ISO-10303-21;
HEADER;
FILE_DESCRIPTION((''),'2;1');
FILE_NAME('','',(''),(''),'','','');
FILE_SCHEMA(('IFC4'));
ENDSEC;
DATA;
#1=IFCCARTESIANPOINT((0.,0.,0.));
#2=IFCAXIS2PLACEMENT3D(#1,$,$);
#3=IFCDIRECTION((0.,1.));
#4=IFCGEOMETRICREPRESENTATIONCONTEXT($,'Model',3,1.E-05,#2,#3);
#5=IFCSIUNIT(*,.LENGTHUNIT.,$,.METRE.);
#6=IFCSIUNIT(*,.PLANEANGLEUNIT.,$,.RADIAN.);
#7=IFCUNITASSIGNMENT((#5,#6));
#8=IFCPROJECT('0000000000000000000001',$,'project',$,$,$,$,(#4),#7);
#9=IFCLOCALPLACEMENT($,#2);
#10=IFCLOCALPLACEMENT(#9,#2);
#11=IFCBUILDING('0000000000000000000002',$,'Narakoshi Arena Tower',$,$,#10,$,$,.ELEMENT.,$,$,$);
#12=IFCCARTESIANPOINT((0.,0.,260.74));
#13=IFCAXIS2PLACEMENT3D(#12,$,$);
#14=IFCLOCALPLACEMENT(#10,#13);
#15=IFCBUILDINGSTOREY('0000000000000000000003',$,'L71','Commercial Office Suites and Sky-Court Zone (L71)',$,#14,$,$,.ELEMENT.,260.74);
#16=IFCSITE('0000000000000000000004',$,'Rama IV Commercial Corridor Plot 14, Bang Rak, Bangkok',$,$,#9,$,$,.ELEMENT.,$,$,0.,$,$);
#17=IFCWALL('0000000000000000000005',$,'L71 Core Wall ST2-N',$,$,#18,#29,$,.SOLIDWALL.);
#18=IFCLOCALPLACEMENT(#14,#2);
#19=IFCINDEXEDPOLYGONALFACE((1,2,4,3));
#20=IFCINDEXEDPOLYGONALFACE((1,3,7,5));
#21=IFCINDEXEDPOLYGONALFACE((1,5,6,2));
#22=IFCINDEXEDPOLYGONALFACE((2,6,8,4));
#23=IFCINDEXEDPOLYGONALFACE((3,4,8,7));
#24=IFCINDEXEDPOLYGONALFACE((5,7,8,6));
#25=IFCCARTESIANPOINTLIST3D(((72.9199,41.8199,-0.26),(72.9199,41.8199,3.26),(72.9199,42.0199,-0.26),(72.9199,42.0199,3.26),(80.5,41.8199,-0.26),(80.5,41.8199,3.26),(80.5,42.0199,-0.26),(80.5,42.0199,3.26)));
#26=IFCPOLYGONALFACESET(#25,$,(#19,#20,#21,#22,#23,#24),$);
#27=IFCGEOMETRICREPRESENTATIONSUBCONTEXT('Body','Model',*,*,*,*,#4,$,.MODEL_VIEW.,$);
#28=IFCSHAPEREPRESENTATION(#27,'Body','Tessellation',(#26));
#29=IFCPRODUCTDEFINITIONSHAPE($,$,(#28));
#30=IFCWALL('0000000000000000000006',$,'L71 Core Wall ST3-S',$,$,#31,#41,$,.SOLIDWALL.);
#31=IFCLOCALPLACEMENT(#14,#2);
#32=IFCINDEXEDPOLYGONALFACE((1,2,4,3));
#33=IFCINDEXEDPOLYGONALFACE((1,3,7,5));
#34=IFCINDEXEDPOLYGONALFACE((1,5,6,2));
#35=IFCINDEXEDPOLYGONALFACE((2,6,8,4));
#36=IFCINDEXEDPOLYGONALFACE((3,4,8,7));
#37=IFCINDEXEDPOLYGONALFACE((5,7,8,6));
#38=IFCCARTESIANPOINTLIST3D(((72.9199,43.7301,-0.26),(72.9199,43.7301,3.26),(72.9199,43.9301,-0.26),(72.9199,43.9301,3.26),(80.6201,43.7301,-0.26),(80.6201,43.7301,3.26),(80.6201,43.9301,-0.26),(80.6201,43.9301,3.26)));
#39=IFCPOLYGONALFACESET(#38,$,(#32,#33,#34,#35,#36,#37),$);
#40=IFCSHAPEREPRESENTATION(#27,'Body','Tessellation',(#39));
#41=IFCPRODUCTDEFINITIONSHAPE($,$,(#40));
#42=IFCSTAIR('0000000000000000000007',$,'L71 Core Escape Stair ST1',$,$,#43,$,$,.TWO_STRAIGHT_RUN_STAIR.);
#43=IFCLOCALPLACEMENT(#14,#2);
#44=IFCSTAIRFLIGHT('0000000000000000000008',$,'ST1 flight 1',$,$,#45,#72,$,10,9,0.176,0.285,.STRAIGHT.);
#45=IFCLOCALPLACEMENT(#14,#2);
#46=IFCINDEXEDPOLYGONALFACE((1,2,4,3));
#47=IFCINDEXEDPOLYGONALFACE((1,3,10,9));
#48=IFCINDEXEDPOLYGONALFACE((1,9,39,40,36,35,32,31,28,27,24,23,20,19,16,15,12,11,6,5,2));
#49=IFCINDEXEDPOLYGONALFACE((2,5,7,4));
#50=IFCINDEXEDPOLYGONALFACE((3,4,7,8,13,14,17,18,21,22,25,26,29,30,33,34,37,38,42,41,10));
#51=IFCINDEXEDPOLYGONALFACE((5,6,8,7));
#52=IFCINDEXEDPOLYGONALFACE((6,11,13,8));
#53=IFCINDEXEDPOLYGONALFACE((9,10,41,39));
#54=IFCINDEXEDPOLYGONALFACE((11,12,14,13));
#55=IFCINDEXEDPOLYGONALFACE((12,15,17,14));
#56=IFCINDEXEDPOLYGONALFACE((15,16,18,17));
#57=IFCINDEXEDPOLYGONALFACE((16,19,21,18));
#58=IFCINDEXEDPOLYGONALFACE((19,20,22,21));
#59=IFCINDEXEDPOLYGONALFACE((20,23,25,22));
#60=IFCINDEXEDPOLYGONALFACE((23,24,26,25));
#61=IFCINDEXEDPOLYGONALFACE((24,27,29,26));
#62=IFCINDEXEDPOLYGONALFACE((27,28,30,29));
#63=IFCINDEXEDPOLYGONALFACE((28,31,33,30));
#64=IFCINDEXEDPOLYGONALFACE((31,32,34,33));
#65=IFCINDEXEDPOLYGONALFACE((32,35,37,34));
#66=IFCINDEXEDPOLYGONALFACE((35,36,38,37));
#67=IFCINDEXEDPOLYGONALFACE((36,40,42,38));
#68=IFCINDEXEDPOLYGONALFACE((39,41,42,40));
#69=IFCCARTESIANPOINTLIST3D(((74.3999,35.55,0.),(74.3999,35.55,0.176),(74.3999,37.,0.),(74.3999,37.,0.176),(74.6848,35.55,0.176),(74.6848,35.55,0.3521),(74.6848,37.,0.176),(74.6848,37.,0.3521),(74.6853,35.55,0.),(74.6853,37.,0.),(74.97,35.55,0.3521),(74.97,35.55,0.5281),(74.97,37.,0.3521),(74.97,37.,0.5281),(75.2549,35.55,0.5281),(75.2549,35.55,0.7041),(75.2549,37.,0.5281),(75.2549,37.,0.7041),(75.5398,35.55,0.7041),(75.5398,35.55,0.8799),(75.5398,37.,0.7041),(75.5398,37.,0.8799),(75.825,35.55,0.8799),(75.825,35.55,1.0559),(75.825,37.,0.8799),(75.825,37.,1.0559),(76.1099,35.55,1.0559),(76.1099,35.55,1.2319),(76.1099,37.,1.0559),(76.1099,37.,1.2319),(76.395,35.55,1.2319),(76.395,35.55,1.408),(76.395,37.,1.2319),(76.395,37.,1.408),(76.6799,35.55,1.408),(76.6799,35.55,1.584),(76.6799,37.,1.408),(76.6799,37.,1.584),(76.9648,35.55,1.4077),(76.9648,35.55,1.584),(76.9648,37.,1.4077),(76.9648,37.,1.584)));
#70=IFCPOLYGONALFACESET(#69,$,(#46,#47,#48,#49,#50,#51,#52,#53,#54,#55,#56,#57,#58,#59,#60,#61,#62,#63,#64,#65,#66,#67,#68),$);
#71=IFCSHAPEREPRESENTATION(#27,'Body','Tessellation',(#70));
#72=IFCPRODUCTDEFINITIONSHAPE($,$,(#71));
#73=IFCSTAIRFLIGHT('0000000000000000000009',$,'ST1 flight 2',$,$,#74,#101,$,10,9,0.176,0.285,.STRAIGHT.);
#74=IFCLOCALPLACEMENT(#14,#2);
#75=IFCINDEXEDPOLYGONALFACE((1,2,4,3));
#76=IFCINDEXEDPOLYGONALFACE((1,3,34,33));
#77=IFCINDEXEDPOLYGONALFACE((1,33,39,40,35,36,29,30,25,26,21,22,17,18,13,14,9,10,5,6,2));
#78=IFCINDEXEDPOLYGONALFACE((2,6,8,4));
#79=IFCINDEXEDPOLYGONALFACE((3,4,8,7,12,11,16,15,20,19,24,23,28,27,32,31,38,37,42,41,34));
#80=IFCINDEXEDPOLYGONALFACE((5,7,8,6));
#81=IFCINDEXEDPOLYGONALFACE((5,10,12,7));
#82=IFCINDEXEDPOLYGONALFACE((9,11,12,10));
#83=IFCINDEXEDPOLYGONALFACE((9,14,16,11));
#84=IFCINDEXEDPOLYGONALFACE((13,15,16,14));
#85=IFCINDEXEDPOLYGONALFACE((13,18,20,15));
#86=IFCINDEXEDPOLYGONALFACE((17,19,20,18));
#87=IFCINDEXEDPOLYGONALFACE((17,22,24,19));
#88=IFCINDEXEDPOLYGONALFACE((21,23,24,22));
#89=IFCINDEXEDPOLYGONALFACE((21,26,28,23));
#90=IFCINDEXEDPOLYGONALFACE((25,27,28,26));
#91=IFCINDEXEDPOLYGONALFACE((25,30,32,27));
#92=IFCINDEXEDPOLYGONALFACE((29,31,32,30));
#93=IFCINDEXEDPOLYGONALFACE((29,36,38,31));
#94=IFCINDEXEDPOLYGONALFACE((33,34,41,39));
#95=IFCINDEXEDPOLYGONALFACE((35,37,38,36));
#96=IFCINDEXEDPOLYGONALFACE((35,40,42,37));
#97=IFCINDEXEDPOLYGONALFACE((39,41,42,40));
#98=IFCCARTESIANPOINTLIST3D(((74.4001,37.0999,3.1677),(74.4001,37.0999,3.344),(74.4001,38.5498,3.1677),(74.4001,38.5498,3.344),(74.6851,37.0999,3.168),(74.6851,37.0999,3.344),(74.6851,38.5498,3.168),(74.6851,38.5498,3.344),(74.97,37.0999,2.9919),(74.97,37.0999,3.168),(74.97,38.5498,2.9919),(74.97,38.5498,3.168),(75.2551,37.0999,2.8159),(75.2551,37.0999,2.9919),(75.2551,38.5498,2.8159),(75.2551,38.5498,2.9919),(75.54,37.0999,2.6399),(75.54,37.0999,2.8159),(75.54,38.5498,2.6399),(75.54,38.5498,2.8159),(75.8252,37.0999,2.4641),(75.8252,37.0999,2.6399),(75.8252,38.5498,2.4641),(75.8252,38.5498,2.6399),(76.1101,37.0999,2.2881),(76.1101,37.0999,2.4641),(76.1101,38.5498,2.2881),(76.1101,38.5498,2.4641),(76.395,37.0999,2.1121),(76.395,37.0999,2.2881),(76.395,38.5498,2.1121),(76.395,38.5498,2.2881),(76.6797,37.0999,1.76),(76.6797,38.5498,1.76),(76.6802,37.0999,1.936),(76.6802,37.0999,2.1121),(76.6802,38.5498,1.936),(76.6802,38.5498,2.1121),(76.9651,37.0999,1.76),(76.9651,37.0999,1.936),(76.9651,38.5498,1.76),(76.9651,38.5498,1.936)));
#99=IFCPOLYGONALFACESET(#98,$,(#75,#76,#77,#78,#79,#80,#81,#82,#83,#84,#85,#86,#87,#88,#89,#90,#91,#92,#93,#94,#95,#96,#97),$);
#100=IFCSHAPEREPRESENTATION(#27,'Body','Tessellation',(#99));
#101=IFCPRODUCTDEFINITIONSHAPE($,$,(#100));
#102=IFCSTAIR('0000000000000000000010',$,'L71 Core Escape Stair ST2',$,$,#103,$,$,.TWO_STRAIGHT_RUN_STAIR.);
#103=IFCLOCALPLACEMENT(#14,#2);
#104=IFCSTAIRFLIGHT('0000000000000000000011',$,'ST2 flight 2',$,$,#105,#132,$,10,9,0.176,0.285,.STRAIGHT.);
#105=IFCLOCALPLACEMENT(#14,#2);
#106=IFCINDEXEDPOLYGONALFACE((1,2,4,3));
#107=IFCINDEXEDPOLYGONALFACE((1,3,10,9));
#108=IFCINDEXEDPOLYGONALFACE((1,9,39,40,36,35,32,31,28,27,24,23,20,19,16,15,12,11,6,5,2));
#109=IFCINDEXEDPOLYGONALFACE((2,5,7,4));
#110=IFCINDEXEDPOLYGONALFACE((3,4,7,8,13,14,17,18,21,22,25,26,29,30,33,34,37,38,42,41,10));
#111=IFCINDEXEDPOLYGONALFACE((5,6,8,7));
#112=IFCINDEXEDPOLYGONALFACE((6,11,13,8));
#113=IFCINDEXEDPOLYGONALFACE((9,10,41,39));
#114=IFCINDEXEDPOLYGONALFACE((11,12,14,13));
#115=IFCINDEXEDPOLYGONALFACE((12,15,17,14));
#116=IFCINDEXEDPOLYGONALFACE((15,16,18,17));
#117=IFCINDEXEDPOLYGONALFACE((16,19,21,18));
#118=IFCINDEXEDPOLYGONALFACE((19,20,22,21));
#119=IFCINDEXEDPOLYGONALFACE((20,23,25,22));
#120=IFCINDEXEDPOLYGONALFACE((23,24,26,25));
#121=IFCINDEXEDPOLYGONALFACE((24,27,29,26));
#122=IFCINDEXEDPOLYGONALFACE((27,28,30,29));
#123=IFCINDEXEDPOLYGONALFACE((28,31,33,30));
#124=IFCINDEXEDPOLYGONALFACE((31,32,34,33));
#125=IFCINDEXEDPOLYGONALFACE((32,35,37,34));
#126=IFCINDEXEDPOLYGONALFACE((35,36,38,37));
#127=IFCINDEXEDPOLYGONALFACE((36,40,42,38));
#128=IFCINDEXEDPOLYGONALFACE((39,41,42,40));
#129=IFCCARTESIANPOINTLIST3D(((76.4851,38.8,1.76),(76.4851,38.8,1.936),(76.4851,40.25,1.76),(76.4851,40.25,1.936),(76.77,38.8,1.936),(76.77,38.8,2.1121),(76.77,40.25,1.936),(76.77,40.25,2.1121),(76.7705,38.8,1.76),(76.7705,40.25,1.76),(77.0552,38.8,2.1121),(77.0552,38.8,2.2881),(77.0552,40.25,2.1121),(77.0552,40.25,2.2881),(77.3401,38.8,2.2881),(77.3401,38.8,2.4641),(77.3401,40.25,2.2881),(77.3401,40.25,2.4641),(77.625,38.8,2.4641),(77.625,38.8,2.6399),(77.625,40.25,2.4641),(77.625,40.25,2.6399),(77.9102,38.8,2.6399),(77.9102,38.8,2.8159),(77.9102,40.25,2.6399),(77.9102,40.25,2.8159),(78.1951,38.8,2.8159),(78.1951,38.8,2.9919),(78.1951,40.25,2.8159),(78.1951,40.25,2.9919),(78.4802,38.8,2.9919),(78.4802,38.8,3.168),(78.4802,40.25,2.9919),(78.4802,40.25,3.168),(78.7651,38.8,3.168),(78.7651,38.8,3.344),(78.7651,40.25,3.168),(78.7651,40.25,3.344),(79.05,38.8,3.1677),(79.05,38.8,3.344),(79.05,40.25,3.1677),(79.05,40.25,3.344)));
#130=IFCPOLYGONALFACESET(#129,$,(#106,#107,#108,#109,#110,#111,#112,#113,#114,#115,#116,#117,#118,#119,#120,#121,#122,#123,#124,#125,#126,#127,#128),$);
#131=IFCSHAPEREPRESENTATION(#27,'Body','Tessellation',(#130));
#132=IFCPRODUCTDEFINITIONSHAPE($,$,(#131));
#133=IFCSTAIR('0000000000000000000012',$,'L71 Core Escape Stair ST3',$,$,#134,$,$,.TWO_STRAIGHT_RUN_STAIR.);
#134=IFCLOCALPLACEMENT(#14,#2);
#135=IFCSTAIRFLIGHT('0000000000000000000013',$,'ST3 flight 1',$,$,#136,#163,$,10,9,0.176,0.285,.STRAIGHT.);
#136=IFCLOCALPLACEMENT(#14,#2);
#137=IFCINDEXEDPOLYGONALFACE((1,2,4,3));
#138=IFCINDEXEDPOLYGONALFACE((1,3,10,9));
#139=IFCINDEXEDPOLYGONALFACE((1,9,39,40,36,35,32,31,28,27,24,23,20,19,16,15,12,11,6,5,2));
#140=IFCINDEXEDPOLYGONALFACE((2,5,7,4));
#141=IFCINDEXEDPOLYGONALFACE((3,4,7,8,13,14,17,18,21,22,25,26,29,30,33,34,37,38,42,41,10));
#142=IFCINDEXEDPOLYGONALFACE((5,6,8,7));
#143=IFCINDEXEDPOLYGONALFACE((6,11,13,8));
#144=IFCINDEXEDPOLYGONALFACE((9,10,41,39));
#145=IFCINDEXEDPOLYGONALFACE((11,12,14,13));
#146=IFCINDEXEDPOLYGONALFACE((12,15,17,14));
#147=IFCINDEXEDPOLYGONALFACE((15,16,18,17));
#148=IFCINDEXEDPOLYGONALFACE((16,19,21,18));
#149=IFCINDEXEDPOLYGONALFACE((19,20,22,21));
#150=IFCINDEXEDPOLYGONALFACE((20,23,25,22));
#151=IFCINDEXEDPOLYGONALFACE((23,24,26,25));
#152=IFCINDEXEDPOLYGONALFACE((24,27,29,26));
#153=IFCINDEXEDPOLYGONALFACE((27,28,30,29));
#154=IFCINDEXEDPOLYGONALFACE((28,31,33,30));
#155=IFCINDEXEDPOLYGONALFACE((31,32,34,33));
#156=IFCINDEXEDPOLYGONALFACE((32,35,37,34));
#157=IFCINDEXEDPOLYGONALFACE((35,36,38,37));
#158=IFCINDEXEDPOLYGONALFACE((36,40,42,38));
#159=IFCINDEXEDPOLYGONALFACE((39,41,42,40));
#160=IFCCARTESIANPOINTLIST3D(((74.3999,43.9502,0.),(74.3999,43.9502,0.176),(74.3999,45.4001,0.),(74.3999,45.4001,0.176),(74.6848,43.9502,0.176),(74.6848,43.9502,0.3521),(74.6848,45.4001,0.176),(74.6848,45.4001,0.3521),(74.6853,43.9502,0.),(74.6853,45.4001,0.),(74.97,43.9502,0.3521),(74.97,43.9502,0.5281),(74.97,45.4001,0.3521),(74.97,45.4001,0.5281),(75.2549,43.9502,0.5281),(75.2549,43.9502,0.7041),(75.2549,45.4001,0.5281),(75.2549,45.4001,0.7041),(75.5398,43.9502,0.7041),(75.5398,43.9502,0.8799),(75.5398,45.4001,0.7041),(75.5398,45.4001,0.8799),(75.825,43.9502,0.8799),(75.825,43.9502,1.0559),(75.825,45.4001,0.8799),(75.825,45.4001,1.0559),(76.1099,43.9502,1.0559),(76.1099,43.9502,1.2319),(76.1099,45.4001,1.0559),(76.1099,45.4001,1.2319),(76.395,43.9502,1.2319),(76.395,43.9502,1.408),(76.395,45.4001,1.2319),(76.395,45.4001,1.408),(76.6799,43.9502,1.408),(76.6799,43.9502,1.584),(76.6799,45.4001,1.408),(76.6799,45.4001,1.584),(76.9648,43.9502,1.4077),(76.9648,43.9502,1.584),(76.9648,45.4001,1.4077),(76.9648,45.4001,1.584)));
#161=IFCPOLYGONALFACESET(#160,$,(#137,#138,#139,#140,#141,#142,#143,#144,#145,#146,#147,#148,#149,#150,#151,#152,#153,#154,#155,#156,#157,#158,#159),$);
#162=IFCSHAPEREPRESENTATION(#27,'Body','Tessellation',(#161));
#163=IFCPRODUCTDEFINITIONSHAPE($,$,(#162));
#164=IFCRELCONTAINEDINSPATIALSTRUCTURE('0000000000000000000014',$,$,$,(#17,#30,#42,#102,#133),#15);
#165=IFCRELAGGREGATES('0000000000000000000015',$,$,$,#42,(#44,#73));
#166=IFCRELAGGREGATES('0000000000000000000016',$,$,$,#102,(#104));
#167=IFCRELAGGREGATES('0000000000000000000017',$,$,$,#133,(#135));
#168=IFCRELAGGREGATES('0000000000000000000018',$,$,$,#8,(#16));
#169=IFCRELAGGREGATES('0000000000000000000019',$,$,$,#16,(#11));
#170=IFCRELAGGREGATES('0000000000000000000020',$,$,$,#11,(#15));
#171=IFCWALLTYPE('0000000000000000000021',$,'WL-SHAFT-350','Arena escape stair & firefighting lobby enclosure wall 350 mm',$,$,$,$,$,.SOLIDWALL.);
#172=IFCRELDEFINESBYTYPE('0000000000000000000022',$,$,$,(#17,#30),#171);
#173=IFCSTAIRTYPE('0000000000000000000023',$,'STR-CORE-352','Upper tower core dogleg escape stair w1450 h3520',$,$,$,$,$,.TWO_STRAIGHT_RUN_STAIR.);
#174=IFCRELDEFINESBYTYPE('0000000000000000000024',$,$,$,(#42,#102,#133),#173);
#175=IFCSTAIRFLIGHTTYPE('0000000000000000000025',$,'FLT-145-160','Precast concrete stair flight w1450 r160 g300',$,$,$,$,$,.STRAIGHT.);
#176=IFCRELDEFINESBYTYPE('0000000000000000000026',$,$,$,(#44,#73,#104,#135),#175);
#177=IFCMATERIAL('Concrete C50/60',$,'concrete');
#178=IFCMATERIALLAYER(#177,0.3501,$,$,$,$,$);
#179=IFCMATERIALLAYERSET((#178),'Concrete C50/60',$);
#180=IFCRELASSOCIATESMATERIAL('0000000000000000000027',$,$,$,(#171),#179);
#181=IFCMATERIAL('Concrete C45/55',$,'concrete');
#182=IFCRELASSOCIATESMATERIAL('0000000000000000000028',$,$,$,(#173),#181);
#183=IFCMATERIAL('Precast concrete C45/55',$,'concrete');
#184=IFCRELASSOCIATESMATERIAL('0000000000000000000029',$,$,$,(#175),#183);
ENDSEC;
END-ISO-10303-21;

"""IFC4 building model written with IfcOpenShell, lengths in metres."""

from ifc_helpers import new_model, si_unit, direction, frame, frame_2d, origin, place, context, subcontext, project, spatial, polyline, rectangle, outline, extrude, material, layer, layer_set, type_object, element, aggregate, save


model = new_model("IFC4")

# Units and contexts
model_context = context("Model", 3, precision=1e-05, world=origin(), true_north=direction((0.0, 1.0)))
body_context = subcontext(model_context, "Body", "Model", "MODEL_VIEW")
ifc_project = project(units=[si_unit("LENGTHUNIT", "METRE"), si_unit("PLANEANGLEUNIT", "RADIAN")], contexts=[model_context])

# Site, building, storey
site_placement = place(None, origin())
site = spatial("IfcSite", under=ifc_project, at=site_placement, Name="Rama IV Commercial Corridor Plot 14, Bang Rak, Bangkok", CompositionType="ELEMENT", RefElevation=0.0)
building_placement = place(site_placement, origin())
building = spatial("IfcBuilding", under=site, at=building_placement, Name="Narakoshi Arena Tower", CompositionType="ELEMENT")
storey_placement = place(building_placement, frame((0.0, 0.0, 260.74)))
storey = spatial("IfcBuildingStorey", under=building, at=storey_placement, Name="L71", Description="Commercial Office Suites and Sky-Court Zone (L71)", CompositionType="ELEMENT", Elevation=260.74)

# Shared definitions
ifc_material_1 = material(Name="Concrete C50/60", Category="concrete")

# Shared definitions
ifc_material_2 = material(Name="Precast concrete C45/55", Category="concrete")

# Walls
ifc_layer_1 = layer(ifc_material_1, 0.3501)
ifc_layer_set_1 = layer_set([ifc_layer_1], Name="Concrete C50/60")
wall_type_1 = type_object("IfcWallType", Name="WL-SHAFT-350", Description="Arena escape stair & firefighting lobby enclosure wall 350 mm", PredefinedType="SOLIDWALL", material=ifc_layer_set_1)
wall_1_placement = place(storey_placement, frame((72.9199, 41.9199, -0.26), z_axis=(0.0, 0.0, 1.0), x_axis=(1.0, 0.0, 0.0)))
element("IfcWall", 1, at=wall_1_placement, inside=storey, type_object=wall_type_1, Name="L71 Core Wall ST2-N", PredefinedType="SOLIDWALL", context=body_context, shape_type="SweptSolid", body=[
    extrude(rectangle(XDim=7.5801, YDim=0.2, at=frame_2d((3.79, 0.0))), origin(), (0.0, 0.0, 1.0), 3.52),
])
wall_2_placement = place(storey_placement, frame((72.9199, 43.8301, -0.26), z_axis=(0.0, 0.0, 1.0), x_axis=(1.0, 0.0, 0.0)))
element("IfcWall", 2, at=wall_2_placement, inside=storey, type_object=wall_type_1, Name="L71 Core Wall ST3-S", PredefinedType="SOLIDWALL", context=body_context, shape_type="SweptSolid", body=[
    extrude(rectangle(XDim=7.7002, YDim=0.2, at=frame_2d((3.8501, 0.0))), origin(), (0.0, 0.0, 1.0), 3.52),
])

# Stair, stair flights
ifc_material_3 = material(Name="Concrete C45/55", Category="concrete")
stair_type = type_object("IfcStairType", Name="STR-CORE-352", Description="Upper tower core dogleg escape stair w1450 h3520", PredefinedType="TWO_STRAIGHT_RUN_STAIR", material=ifc_material_3)
stair_1_placement = place(storey_placement, origin())
stair_1 = element("IfcStair", 3, at=stair_1_placement, inside=storey, type_object=stair_type, Name="L71 Core Escape Stair ST1", PredefinedType="TWO_STRAIGHT_RUN_STAIR")
stair_flight_type = type_object("IfcStairFlightType", Name="FLT-145-160", Description="Precast concrete stair flight w1450 r160 g300", PredefinedType="STRAIGHT", material=ifc_material_2)
stair_flight_1_placement = place(storey_placement, frame((74.3999, 36.2749, 0.0), z_axis=(0.0, 0.0, 1.0), x_axis=(1.0, 0.0, 0.0)))
stair_flight_1 = element("IfcStairFlight", 4, at=stair_flight_1_placement, type_object=stair_flight_type, Name="ST1 flight 1", NumberOfRisers=10, NumberOfTreads=9, PredefinedType="STRAIGHT", RiserHeight=0.176, TreadLength=0.285, context=body_context, shape_type="SweptSolid", body=[
    extrude(outline(polyline([(0.0, 0.0), (0.0, 0.176), (0.2849, 0.176), (0.2849, 0.3521), (0.5701, 0.3521), (0.5701, 0.5281), (0.855, 0.5281), (0.855, 0.7041), (1.1399, 0.7041), (1.1399, 0.8799), (1.425, 0.8799), (1.425, 1.0559), (1.71, 1.0559), (1.71, 1.2319), (1.9951, 1.2319), (1.9951, 1.408), (2.28, 1.408), (2.28, 1.584), (2.5649, 1.584), (2.5649, 1.76), (2.5649, 1.4077), (0.2854, 0.0), (0.0, 0.0)])), frame((0.0, 0.7251, 0.0), z_axis=(0.0, -1.0, 0.0), x_axis=(1.0, 0.0, 0.0)), (0.0, 0.0, 1.0), 1.45),
])
stair_flight_2_placement = place(storey_placement, frame((76.9651, 37.825, 1.76), z_axis=(0.0, 0.0, 1.0), x_axis=(-1.0, 0.0, 0.0)))
stair_flight_2 = element("IfcStairFlight", 5, at=stair_flight_2_placement, type_object=stair_flight_type, Name="ST1 flight 2", NumberOfRisers=10, NumberOfTreads=9, PredefinedType="STRAIGHT", RiserHeight=0.176, TreadLength=0.285, context=body_context, shape_type="SweptSolid", body=[
    extrude(outline(polyline([(0.0, 0.0), (0.0, 0.176), (0.2849, 0.176), (0.2849, 0.3521), (0.5701, 0.3521), (0.5701, 0.5281), (0.855, 0.5281), (0.855, 0.7041), (1.1399, 0.7041), (1.1399, 0.8799), (1.425, 0.8799), (1.425, 1.0559), (1.71, 1.0559), (1.71, 1.2319), (1.9951, 1.2319), (1.9951, 1.408), (2.28, 1.408), (2.28, 1.584), (2.5649, 1.584), (2.5649, 1.76), (2.5649, 1.4077), (0.2854, 0.0), (0.0, 0.0)])), frame((0.0, 0.7251, 0.0), z_axis=(0.0, -1.0, 0.0), x_axis=(1.0, 0.0, 0.0)), (0.0, 0.0, 1.0), 1.45),
])
aggregate(stair_1, [stair_flight_1, stair_flight_2])

# Stair, stair flight
stair_2_placement = place(storey_placement, origin())
stair_2 = element("IfcStair", 6, at=stair_2_placement, inside=storey, type_object=stair_type, Name="L71 Core Escape Stair ST2", PredefinedType="TWO_STRAIGHT_RUN_STAIR")
stair_flight_3_placement = place(storey_placement, frame((76.4851, 39.5249, 1.76), z_axis=(0.0, 0.0, 1.0), x_axis=(1.0, 0.0, 0.0)))
stair_flight_3 = element("IfcStairFlight", 7, at=stair_flight_3_placement, type_object=stair_flight_type, Name="ST2 flight 2", NumberOfRisers=10, NumberOfTreads=9, PredefinedType="STRAIGHT", RiserHeight=0.176, TreadLength=0.285, context=body_context, shape_type="SweptSolid", body=[
    extrude(outline(polyline([(0.0, 0.0), (0.0, 0.176), (0.2849, 0.176), (0.2849, 0.3521), (0.5701, 0.3521), (0.5701, 0.5281), (0.855, 0.5281), (0.855, 0.7041), (1.1399, 0.7041), (1.1399, 0.8799), (1.425, 0.8799), (1.425, 1.0559), (1.71, 1.0559), (1.71, 1.2319), (1.9951, 1.2319), (1.9951, 1.408), (2.28, 1.408), (2.28, 1.584), (2.5649, 1.584), (2.5649, 1.76), (2.5649, 1.4077), (0.2854, 0.0), (0.0, 0.0)])), frame((0.0, 0.7251, 0.0), z_axis=(0.0, -1.0, 0.0), x_axis=(1.0, 0.0, 0.0)), (0.0, 0.0, 1.0), 1.45),
])
aggregate(stair_2, [stair_flight_3])

# Stair, stair flight
stair_3_placement = place(storey_placement, origin())
stair_3 = element("IfcStair", 8, at=stair_3_placement, inside=storey, type_object=stair_type, Name="L71 Core Escape Stair ST3", PredefinedType="TWO_STRAIGHT_RUN_STAIR")
stair_flight_4_placement = place(storey_placement, frame((74.3999, 44.675, 0.0), z_axis=(0.0, 0.0, 1.0), x_axis=(1.0, 0.0, 0.0)))
stair_flight_4 = element("IfcStairFlight", 9, at=stair_flight_4_placement, type_object=stair_flight_type, Name="ST3 flight 1", NumberOfRisers=10, NumberOfTreads=9, PredefinedType="STRAIGHT", RiserHeight=0.176, TreadLength=0.285, context=body_context, shape_type="SweptSolid", body=[
    extrude(outline(polyline([(0.0, 0.0), (0.0, 0.176), (0.2849, 0.176), (0.2849, 0.3521), (0.5701, 0.3521), (0.5701, 0.5281), (0.855, 0.5281), (0.855, 0.7041), (1.1399, 0.7041), (1.1399, 0.8799), (1.425, 0.8799), (1.425, 1.0559), (1.71, 1.0559), (1.71, 1.2319), (1.9951, 1.2319), (1.9951, 1.408), (2.28, 1.408), (2.28, 1.584), (2.5649, 1.584), (2.5649, 1.76), (2.5649, 1.4077), (0.2854, 0.0), (0.0, 0.0)])), frame((0.0, 0.7251, 0.0), z_axis=(0.0, -1.0, 0.0), x_axis=(1.0, 0.0, 0.0)), (0.0, 0.0, 1.0), 1.45),
])
aggregate(stair_3, [stair_flight_4])

save(model, "model.ifc")
